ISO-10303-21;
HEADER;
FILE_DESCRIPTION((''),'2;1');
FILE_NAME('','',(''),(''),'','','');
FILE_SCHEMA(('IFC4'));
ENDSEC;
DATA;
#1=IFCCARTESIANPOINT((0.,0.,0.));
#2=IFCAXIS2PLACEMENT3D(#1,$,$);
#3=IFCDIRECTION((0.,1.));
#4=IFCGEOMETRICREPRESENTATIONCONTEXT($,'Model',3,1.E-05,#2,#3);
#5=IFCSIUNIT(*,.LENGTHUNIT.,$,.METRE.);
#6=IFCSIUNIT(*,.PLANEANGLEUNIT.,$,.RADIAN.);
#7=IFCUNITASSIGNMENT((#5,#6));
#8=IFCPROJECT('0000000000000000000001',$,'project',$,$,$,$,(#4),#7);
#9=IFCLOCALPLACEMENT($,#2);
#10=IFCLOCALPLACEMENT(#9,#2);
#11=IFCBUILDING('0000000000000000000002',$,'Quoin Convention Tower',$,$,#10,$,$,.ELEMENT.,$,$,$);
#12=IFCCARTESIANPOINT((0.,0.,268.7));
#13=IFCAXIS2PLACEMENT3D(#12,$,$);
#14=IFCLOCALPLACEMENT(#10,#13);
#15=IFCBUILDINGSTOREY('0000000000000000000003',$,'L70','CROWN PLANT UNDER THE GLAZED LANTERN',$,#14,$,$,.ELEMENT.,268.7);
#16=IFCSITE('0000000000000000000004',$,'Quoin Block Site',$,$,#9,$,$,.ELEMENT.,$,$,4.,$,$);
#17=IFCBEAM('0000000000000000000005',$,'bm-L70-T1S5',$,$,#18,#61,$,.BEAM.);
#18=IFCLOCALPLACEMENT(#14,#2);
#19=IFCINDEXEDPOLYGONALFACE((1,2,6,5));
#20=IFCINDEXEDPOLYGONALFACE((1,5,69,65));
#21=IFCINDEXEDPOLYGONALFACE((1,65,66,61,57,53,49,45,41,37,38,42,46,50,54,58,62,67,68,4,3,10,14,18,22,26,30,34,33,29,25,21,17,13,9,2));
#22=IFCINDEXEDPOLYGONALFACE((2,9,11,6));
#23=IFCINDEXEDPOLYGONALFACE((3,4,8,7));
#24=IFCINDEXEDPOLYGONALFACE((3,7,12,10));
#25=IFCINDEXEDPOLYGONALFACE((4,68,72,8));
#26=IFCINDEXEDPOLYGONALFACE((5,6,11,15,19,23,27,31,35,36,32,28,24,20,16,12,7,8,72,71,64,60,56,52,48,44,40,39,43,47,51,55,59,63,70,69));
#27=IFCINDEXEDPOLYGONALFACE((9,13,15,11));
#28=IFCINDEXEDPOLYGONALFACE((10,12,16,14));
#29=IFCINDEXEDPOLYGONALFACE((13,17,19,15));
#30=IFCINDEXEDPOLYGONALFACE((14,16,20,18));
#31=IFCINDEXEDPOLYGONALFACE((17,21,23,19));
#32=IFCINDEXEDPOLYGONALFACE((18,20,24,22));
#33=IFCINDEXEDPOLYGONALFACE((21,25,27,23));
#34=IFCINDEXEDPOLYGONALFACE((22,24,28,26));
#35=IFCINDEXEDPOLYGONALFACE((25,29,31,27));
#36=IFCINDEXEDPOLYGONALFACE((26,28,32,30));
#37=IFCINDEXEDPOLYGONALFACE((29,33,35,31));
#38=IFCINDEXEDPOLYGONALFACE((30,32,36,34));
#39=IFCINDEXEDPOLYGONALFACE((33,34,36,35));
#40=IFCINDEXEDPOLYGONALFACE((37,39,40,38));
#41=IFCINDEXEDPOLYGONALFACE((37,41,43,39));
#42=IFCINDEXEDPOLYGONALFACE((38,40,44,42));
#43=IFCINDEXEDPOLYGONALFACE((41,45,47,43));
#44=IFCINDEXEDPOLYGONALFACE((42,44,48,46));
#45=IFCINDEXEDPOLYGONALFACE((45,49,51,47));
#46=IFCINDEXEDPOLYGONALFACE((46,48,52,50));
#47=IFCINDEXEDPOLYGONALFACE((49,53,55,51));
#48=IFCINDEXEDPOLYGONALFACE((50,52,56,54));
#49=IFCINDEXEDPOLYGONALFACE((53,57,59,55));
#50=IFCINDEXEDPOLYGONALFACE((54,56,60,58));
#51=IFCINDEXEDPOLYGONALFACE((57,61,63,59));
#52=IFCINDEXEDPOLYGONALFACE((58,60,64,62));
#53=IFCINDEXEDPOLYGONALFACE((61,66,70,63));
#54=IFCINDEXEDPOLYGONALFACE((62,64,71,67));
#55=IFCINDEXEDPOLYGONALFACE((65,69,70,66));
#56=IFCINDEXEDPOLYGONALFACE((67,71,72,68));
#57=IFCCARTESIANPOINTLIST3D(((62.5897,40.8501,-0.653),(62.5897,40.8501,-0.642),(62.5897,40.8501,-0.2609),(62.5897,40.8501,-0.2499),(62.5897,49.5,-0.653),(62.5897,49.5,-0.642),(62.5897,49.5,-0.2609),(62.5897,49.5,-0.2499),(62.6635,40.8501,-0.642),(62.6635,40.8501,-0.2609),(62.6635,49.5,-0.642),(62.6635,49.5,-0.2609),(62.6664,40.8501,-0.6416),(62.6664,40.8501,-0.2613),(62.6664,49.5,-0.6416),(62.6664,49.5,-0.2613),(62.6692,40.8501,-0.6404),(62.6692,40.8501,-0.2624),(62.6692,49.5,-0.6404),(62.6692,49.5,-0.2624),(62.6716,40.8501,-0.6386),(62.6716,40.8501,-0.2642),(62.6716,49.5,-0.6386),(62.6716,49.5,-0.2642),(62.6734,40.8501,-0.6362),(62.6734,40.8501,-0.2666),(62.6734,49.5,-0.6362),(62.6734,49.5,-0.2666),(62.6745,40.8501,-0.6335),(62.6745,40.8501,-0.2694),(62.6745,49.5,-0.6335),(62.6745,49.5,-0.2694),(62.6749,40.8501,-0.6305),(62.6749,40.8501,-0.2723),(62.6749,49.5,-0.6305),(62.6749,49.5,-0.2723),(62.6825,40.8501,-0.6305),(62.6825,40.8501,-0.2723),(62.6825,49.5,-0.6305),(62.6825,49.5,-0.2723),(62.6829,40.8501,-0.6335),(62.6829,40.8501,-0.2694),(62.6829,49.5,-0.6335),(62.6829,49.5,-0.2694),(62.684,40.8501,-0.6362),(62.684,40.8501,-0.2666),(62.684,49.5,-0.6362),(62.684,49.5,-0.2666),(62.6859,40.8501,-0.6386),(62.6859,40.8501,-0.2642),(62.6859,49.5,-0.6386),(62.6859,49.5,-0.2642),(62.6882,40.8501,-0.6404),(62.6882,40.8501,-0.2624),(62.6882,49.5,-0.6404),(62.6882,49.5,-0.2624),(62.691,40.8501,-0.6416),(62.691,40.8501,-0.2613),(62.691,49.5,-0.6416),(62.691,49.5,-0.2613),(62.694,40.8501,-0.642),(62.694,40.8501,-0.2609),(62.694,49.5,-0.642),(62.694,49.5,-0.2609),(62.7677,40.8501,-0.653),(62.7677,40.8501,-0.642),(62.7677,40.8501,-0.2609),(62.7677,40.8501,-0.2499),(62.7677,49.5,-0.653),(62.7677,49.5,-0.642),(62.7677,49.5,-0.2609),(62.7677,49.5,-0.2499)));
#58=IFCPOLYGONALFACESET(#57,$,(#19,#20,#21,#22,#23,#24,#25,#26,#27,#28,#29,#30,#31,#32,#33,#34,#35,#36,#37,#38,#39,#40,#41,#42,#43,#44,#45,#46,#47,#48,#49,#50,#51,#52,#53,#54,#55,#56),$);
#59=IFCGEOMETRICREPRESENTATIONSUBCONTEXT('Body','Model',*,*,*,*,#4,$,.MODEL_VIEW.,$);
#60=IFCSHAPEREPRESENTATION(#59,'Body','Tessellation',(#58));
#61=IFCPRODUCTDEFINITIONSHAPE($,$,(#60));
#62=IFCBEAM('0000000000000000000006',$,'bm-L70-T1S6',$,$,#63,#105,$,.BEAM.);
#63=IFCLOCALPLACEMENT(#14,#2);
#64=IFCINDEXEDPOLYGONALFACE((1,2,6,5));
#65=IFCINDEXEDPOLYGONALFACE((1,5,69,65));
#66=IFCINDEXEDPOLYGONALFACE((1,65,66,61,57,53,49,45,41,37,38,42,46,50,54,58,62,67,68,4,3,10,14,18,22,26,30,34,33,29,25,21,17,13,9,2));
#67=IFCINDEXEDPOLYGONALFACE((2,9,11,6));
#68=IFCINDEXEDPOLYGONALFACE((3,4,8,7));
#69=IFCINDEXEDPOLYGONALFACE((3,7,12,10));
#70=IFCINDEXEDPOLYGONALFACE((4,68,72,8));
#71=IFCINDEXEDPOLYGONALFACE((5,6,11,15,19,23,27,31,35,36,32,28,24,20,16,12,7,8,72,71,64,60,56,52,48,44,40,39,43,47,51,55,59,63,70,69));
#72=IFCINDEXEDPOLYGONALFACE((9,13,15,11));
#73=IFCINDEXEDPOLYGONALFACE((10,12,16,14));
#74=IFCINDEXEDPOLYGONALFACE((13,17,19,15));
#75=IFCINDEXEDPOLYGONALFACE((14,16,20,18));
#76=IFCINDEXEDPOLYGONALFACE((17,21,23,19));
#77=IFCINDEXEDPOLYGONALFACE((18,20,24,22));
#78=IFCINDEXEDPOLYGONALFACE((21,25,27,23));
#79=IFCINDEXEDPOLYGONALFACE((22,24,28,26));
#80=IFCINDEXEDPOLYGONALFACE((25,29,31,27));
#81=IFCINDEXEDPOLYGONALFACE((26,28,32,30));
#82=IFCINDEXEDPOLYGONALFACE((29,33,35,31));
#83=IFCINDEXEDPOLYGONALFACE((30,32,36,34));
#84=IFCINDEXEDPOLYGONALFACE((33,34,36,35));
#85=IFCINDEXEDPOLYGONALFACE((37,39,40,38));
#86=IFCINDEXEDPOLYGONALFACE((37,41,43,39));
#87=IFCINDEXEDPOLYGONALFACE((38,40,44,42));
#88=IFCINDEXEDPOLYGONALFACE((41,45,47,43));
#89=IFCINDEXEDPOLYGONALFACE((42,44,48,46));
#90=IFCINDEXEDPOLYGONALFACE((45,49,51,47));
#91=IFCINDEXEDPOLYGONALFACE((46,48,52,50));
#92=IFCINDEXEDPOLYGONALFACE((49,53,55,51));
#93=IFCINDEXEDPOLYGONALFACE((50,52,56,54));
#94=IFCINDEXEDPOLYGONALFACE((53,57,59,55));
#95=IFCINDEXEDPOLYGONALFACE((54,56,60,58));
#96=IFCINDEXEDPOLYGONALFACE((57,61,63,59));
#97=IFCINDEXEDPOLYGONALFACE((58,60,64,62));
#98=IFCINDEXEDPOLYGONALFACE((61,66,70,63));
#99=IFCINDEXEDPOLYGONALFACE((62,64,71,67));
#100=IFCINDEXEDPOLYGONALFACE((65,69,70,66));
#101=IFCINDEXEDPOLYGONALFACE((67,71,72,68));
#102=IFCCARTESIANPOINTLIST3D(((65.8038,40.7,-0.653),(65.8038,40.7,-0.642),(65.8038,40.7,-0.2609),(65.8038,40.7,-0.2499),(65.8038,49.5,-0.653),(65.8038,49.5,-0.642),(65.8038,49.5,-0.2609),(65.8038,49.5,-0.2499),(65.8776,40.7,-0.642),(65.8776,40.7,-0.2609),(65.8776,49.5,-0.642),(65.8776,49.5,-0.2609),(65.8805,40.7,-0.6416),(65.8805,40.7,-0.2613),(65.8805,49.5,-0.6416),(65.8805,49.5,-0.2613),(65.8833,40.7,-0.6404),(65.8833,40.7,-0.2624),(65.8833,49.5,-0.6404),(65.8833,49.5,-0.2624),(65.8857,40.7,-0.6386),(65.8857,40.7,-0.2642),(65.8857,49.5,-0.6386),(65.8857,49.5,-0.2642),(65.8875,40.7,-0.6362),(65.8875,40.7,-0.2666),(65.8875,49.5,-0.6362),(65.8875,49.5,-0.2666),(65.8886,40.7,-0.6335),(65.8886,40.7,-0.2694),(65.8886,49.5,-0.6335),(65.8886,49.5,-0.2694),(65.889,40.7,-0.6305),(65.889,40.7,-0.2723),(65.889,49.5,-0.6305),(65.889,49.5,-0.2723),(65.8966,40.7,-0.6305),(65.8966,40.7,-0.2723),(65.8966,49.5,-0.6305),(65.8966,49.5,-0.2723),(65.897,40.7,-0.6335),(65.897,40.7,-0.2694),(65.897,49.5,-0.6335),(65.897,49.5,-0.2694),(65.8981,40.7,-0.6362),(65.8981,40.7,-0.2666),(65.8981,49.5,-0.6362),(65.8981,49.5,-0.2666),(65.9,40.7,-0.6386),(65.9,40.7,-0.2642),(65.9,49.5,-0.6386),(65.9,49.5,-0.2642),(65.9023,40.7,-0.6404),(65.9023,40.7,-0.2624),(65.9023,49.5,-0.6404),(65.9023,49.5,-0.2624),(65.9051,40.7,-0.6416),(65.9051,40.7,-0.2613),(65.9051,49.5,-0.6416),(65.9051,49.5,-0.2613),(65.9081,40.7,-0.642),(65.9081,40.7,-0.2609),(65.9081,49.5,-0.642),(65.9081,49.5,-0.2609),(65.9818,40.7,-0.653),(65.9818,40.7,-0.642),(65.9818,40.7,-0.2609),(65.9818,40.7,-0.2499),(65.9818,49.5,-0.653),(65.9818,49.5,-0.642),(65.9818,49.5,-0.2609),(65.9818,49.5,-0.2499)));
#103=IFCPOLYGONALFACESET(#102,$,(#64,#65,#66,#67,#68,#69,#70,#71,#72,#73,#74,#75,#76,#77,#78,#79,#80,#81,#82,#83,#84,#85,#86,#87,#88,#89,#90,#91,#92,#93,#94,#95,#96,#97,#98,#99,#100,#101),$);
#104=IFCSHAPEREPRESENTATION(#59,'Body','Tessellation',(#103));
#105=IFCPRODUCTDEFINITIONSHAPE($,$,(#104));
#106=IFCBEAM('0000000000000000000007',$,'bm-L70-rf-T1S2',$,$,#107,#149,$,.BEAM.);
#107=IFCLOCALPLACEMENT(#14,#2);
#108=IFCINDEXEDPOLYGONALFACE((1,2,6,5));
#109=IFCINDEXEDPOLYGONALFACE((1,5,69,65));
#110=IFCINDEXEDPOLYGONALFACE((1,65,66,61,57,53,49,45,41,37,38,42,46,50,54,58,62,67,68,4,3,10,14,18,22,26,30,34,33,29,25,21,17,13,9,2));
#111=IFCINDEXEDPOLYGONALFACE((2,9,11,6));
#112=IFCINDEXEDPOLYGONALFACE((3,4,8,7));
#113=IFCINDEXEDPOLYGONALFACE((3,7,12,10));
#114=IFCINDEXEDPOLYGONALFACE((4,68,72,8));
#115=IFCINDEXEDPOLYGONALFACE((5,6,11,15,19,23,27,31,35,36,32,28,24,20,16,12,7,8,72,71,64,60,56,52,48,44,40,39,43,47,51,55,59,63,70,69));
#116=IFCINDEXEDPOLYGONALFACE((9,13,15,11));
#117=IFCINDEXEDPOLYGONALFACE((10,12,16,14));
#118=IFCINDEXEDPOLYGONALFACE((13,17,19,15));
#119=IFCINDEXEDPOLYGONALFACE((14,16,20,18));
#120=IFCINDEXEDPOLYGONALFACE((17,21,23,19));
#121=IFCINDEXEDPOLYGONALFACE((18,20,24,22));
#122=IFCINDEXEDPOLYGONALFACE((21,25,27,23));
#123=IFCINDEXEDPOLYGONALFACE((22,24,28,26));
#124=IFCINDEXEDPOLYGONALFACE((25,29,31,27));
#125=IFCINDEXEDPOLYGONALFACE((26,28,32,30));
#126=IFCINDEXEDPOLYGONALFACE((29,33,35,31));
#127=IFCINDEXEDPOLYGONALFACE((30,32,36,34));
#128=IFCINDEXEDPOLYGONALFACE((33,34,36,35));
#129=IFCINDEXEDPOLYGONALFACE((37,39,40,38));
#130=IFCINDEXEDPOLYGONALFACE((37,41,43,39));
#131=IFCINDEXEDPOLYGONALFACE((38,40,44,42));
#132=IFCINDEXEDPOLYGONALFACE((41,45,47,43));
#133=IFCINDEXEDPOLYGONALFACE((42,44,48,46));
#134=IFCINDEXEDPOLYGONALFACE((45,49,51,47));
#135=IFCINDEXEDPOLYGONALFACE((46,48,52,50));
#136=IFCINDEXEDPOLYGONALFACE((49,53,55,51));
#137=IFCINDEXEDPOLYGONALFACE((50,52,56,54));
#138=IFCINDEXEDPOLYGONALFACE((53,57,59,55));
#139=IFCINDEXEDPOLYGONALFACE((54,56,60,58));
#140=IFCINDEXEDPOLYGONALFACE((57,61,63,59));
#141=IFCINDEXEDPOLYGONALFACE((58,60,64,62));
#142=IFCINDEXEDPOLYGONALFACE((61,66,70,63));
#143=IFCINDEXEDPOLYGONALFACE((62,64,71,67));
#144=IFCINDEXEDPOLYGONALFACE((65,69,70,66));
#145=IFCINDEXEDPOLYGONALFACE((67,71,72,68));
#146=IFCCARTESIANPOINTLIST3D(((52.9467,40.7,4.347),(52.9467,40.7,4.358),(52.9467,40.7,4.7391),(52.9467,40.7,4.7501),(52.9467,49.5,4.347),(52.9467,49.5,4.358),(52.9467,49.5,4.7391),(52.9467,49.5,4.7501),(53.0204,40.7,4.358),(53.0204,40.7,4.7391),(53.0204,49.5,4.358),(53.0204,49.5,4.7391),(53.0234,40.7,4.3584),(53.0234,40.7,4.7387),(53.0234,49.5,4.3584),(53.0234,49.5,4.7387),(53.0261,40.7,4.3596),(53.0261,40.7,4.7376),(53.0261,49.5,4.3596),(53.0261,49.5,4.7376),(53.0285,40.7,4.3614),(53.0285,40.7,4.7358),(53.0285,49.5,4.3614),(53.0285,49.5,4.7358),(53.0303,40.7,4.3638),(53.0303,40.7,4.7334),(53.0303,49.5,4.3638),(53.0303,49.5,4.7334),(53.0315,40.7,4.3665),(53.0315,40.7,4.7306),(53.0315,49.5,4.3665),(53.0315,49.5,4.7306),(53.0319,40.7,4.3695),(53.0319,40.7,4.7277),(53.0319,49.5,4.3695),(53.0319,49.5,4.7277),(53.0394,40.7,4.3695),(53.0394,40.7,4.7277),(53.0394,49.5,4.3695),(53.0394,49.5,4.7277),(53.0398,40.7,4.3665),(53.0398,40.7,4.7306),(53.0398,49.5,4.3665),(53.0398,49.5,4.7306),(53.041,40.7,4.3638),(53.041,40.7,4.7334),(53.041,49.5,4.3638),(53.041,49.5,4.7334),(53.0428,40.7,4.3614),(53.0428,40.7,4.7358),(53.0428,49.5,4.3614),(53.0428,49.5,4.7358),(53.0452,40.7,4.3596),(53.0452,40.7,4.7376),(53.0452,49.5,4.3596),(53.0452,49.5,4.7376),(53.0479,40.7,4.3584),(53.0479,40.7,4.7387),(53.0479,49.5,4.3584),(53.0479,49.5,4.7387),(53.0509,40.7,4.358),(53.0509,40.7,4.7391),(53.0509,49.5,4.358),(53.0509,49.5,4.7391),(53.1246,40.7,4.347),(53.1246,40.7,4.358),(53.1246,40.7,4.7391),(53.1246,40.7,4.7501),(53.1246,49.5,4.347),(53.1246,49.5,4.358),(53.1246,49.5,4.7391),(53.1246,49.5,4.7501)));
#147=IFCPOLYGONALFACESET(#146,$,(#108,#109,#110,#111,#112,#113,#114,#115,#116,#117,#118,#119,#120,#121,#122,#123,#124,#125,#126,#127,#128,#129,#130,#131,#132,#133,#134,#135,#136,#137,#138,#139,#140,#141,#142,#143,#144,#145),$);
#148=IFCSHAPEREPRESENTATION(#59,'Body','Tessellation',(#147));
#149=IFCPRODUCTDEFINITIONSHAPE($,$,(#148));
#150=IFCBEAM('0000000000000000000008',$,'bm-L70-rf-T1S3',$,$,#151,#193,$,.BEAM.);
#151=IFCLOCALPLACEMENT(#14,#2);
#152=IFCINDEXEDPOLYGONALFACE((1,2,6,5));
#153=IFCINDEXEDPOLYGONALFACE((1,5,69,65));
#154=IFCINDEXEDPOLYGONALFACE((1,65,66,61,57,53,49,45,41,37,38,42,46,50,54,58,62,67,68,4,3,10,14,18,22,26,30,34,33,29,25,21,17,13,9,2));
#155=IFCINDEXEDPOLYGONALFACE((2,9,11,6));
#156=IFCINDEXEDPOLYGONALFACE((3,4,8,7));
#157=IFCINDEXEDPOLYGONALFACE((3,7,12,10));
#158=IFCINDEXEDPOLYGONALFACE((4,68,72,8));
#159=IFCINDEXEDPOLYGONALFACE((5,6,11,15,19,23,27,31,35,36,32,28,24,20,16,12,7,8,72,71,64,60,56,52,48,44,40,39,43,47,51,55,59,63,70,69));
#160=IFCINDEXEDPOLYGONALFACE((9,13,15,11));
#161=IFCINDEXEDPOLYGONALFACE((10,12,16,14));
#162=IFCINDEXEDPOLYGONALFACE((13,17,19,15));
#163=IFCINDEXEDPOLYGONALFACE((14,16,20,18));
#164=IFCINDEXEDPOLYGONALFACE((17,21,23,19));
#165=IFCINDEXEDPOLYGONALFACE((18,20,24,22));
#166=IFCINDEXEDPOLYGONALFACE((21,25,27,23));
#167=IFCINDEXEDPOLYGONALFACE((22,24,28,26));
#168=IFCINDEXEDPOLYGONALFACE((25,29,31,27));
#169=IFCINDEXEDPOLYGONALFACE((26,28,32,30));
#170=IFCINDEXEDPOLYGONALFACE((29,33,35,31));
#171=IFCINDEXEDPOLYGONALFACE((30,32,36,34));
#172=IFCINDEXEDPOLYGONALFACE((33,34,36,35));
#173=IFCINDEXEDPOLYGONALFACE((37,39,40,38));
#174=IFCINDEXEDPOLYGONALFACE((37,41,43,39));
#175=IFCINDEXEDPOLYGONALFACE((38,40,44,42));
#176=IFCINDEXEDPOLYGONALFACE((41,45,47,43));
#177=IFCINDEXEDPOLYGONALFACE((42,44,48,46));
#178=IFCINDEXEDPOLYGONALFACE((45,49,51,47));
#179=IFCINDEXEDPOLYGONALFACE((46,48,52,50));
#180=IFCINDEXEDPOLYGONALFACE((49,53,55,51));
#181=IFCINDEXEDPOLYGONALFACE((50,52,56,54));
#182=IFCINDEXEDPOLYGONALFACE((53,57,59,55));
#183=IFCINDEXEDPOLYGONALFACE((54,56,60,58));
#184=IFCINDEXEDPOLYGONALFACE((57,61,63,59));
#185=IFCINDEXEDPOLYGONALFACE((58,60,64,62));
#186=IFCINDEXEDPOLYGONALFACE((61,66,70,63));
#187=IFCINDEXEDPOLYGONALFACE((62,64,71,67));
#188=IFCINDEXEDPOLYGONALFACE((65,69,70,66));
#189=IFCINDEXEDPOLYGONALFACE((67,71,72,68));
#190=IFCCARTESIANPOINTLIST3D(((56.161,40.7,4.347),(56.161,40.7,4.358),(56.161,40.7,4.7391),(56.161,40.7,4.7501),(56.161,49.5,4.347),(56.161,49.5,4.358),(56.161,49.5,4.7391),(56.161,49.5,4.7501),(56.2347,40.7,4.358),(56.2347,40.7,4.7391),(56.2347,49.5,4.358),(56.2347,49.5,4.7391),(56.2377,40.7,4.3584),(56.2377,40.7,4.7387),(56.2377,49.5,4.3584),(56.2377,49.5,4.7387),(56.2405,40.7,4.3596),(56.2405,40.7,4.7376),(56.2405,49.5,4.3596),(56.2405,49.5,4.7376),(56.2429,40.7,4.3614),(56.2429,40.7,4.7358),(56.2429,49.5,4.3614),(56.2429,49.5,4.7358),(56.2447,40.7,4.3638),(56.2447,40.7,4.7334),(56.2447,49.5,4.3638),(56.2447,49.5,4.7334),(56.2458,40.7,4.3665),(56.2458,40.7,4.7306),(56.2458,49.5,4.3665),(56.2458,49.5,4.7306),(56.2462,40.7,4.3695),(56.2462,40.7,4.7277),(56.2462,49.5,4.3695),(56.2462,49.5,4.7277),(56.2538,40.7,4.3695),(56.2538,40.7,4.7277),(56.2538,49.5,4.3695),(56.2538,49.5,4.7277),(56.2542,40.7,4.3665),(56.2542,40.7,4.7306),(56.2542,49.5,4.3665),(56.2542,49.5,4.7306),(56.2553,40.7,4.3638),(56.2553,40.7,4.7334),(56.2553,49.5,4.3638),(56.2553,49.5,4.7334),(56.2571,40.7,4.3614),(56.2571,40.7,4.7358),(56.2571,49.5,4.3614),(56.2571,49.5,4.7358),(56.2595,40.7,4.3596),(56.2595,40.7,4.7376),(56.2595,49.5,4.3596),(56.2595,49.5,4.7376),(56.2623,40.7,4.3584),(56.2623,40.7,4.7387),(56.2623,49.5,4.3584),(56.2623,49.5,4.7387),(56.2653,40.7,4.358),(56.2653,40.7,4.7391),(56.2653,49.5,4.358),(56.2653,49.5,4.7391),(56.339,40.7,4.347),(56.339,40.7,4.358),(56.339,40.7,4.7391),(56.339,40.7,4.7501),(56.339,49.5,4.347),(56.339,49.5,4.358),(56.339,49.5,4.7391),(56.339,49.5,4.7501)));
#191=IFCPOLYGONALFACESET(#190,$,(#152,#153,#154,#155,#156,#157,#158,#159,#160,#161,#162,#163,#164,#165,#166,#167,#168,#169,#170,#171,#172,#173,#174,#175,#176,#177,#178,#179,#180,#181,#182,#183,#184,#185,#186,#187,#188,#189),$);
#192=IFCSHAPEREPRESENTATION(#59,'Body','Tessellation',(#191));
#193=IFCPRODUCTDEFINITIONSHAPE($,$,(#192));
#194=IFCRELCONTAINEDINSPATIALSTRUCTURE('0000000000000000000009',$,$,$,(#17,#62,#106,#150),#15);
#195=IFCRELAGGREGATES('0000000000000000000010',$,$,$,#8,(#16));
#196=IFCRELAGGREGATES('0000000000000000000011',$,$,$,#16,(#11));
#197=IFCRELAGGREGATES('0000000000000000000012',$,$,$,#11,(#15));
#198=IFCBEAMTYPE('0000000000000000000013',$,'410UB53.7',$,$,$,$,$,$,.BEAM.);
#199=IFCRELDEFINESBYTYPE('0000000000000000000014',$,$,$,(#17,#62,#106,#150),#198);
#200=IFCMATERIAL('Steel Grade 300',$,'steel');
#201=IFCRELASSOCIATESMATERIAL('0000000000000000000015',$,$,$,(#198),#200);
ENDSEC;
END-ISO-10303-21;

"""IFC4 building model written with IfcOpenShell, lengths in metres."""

from ifc_helpers import new_model, si_unit, direction, frame, origin, origin_2d, place, context, subcontext, project, spatial, i_section, extrude, material, material_profile, profile_set, type_object, element, save


model = new_model("IFC4")

# Units and contexts
model_context = context("Model", 3, precision=1e-05, world=origin(), true_north=direction((0.0, 1.0)))
body_context = subcontext(model_context, "Body", "Model", "MODEL_VIEW")
ifc_project = project(units=[si_unit("LENGTHUNIT", "METRE"), si_unit("PLANEANGLEUNIT", "RADIAN")], contexts=[model_context])

# Site, building, storey
site_placement = place(None, origin())
site = spatial("IfcSite", under=ifc_project, at=site_placement, Name="Quoin Block Site", CompositionType="ELEMENT", RefElevation=4.0)
building_placement = place(site_placement, origin())
building = spatial("IfcBuilding", under=site, at=building_placement, Name="Quoin Convention Tower", CompositionType="ELEMENT")
storey_placement = place(building_placement, frame((0.0, 0.0, 268.7)))
storey = spatial("IfcBuildingStorey", under=building, at=storey_placement, Name="L70", Description="CROWN PLANT UNDER THE GLAZED LANTERN", CompositionType="ELEMENT", Elevation=268.7)

# Beams
ifc_material_1 = material(Name="Steel Grade 300", Category="steel")
ifc_material_profile_1 = material_profile(ifc_material_1, i_section(OverallWidth=0.178, OverallDepth=0.4031, WebThickness=0.0076, FlangeThickness=0.011, FilletRadius=0.0115, at=origin_2d()), Name="410UB53.7")
ifc_profile_set_1 = profile_set([ifc_material_profile_1], Name="Steel Grade 300")
beam_type_1 = type_object("IfcBeamType", Name="410UB53.7", PredefinedType="BEAM", material=ifc_profile_set_1)
beam_1_placement = place(storey_placement, frame((62.6787, 40.8501, -0.4514), z_axis=(0.0, 1.0, 0.0), x_axis=(-1.0, 0.0, 0.0)))
element("IfcBeam", 1, at=beam_1_placement, inside=storey, type_object=beam_type_1, Name="bm-L70-T1S5", PredefinedType="BEAM", context=body_context, shape_type="SweptSolid", body=[
    extrude(i_section(OverallWidth=0.178, OverallDepth=0.4031, WebThickness=0.0076, FlangeThickness=0.011, FilletRadius=0.0115, at=origin_2d()), origin(), (0.0, 0.0, 1.0), 8.6499),
])
for number, where, z_axis, x_axis, name in (
    (2, (65.8928, 40.7, -0.4514), (0.0, 1.0, 0.0), (-1.0, 0.0, 0.0), "bm-L70-T1S6"),
    (3, (53.0356, 40.7, 4.5486), (0.0, 1.0, 0.0), (-1.0, 0.0, 0.0), "bm-L70-rf-T1S2"),
    (4, (56.25, 40.7, 4.5486), (0.0, 1.0, 0.0), (-1.0, 0.0, 0.0), "bm-L70-rf-T1S3"),
):
    element("IfcBeam", number, at=place(storey_placement, frame(where, z_axis=z_axis, x_axis=x_axis)), inside=storey, type_object=beam_type_1, Name=name, PredefinedType="BEAM", context=body_context, shape_type="SweptSolid", body=[
        extrude(i_section(OverallWidth=0.178, OverallDepth=0.4031, WebThickness=0.0076, FlangeThickness=0.011, FilletRadius=0.0115, at=origin_2d()), origin(), (0.0, 0.0, 1.0), 8.8),
    ])

save(model, "model.ifc")
